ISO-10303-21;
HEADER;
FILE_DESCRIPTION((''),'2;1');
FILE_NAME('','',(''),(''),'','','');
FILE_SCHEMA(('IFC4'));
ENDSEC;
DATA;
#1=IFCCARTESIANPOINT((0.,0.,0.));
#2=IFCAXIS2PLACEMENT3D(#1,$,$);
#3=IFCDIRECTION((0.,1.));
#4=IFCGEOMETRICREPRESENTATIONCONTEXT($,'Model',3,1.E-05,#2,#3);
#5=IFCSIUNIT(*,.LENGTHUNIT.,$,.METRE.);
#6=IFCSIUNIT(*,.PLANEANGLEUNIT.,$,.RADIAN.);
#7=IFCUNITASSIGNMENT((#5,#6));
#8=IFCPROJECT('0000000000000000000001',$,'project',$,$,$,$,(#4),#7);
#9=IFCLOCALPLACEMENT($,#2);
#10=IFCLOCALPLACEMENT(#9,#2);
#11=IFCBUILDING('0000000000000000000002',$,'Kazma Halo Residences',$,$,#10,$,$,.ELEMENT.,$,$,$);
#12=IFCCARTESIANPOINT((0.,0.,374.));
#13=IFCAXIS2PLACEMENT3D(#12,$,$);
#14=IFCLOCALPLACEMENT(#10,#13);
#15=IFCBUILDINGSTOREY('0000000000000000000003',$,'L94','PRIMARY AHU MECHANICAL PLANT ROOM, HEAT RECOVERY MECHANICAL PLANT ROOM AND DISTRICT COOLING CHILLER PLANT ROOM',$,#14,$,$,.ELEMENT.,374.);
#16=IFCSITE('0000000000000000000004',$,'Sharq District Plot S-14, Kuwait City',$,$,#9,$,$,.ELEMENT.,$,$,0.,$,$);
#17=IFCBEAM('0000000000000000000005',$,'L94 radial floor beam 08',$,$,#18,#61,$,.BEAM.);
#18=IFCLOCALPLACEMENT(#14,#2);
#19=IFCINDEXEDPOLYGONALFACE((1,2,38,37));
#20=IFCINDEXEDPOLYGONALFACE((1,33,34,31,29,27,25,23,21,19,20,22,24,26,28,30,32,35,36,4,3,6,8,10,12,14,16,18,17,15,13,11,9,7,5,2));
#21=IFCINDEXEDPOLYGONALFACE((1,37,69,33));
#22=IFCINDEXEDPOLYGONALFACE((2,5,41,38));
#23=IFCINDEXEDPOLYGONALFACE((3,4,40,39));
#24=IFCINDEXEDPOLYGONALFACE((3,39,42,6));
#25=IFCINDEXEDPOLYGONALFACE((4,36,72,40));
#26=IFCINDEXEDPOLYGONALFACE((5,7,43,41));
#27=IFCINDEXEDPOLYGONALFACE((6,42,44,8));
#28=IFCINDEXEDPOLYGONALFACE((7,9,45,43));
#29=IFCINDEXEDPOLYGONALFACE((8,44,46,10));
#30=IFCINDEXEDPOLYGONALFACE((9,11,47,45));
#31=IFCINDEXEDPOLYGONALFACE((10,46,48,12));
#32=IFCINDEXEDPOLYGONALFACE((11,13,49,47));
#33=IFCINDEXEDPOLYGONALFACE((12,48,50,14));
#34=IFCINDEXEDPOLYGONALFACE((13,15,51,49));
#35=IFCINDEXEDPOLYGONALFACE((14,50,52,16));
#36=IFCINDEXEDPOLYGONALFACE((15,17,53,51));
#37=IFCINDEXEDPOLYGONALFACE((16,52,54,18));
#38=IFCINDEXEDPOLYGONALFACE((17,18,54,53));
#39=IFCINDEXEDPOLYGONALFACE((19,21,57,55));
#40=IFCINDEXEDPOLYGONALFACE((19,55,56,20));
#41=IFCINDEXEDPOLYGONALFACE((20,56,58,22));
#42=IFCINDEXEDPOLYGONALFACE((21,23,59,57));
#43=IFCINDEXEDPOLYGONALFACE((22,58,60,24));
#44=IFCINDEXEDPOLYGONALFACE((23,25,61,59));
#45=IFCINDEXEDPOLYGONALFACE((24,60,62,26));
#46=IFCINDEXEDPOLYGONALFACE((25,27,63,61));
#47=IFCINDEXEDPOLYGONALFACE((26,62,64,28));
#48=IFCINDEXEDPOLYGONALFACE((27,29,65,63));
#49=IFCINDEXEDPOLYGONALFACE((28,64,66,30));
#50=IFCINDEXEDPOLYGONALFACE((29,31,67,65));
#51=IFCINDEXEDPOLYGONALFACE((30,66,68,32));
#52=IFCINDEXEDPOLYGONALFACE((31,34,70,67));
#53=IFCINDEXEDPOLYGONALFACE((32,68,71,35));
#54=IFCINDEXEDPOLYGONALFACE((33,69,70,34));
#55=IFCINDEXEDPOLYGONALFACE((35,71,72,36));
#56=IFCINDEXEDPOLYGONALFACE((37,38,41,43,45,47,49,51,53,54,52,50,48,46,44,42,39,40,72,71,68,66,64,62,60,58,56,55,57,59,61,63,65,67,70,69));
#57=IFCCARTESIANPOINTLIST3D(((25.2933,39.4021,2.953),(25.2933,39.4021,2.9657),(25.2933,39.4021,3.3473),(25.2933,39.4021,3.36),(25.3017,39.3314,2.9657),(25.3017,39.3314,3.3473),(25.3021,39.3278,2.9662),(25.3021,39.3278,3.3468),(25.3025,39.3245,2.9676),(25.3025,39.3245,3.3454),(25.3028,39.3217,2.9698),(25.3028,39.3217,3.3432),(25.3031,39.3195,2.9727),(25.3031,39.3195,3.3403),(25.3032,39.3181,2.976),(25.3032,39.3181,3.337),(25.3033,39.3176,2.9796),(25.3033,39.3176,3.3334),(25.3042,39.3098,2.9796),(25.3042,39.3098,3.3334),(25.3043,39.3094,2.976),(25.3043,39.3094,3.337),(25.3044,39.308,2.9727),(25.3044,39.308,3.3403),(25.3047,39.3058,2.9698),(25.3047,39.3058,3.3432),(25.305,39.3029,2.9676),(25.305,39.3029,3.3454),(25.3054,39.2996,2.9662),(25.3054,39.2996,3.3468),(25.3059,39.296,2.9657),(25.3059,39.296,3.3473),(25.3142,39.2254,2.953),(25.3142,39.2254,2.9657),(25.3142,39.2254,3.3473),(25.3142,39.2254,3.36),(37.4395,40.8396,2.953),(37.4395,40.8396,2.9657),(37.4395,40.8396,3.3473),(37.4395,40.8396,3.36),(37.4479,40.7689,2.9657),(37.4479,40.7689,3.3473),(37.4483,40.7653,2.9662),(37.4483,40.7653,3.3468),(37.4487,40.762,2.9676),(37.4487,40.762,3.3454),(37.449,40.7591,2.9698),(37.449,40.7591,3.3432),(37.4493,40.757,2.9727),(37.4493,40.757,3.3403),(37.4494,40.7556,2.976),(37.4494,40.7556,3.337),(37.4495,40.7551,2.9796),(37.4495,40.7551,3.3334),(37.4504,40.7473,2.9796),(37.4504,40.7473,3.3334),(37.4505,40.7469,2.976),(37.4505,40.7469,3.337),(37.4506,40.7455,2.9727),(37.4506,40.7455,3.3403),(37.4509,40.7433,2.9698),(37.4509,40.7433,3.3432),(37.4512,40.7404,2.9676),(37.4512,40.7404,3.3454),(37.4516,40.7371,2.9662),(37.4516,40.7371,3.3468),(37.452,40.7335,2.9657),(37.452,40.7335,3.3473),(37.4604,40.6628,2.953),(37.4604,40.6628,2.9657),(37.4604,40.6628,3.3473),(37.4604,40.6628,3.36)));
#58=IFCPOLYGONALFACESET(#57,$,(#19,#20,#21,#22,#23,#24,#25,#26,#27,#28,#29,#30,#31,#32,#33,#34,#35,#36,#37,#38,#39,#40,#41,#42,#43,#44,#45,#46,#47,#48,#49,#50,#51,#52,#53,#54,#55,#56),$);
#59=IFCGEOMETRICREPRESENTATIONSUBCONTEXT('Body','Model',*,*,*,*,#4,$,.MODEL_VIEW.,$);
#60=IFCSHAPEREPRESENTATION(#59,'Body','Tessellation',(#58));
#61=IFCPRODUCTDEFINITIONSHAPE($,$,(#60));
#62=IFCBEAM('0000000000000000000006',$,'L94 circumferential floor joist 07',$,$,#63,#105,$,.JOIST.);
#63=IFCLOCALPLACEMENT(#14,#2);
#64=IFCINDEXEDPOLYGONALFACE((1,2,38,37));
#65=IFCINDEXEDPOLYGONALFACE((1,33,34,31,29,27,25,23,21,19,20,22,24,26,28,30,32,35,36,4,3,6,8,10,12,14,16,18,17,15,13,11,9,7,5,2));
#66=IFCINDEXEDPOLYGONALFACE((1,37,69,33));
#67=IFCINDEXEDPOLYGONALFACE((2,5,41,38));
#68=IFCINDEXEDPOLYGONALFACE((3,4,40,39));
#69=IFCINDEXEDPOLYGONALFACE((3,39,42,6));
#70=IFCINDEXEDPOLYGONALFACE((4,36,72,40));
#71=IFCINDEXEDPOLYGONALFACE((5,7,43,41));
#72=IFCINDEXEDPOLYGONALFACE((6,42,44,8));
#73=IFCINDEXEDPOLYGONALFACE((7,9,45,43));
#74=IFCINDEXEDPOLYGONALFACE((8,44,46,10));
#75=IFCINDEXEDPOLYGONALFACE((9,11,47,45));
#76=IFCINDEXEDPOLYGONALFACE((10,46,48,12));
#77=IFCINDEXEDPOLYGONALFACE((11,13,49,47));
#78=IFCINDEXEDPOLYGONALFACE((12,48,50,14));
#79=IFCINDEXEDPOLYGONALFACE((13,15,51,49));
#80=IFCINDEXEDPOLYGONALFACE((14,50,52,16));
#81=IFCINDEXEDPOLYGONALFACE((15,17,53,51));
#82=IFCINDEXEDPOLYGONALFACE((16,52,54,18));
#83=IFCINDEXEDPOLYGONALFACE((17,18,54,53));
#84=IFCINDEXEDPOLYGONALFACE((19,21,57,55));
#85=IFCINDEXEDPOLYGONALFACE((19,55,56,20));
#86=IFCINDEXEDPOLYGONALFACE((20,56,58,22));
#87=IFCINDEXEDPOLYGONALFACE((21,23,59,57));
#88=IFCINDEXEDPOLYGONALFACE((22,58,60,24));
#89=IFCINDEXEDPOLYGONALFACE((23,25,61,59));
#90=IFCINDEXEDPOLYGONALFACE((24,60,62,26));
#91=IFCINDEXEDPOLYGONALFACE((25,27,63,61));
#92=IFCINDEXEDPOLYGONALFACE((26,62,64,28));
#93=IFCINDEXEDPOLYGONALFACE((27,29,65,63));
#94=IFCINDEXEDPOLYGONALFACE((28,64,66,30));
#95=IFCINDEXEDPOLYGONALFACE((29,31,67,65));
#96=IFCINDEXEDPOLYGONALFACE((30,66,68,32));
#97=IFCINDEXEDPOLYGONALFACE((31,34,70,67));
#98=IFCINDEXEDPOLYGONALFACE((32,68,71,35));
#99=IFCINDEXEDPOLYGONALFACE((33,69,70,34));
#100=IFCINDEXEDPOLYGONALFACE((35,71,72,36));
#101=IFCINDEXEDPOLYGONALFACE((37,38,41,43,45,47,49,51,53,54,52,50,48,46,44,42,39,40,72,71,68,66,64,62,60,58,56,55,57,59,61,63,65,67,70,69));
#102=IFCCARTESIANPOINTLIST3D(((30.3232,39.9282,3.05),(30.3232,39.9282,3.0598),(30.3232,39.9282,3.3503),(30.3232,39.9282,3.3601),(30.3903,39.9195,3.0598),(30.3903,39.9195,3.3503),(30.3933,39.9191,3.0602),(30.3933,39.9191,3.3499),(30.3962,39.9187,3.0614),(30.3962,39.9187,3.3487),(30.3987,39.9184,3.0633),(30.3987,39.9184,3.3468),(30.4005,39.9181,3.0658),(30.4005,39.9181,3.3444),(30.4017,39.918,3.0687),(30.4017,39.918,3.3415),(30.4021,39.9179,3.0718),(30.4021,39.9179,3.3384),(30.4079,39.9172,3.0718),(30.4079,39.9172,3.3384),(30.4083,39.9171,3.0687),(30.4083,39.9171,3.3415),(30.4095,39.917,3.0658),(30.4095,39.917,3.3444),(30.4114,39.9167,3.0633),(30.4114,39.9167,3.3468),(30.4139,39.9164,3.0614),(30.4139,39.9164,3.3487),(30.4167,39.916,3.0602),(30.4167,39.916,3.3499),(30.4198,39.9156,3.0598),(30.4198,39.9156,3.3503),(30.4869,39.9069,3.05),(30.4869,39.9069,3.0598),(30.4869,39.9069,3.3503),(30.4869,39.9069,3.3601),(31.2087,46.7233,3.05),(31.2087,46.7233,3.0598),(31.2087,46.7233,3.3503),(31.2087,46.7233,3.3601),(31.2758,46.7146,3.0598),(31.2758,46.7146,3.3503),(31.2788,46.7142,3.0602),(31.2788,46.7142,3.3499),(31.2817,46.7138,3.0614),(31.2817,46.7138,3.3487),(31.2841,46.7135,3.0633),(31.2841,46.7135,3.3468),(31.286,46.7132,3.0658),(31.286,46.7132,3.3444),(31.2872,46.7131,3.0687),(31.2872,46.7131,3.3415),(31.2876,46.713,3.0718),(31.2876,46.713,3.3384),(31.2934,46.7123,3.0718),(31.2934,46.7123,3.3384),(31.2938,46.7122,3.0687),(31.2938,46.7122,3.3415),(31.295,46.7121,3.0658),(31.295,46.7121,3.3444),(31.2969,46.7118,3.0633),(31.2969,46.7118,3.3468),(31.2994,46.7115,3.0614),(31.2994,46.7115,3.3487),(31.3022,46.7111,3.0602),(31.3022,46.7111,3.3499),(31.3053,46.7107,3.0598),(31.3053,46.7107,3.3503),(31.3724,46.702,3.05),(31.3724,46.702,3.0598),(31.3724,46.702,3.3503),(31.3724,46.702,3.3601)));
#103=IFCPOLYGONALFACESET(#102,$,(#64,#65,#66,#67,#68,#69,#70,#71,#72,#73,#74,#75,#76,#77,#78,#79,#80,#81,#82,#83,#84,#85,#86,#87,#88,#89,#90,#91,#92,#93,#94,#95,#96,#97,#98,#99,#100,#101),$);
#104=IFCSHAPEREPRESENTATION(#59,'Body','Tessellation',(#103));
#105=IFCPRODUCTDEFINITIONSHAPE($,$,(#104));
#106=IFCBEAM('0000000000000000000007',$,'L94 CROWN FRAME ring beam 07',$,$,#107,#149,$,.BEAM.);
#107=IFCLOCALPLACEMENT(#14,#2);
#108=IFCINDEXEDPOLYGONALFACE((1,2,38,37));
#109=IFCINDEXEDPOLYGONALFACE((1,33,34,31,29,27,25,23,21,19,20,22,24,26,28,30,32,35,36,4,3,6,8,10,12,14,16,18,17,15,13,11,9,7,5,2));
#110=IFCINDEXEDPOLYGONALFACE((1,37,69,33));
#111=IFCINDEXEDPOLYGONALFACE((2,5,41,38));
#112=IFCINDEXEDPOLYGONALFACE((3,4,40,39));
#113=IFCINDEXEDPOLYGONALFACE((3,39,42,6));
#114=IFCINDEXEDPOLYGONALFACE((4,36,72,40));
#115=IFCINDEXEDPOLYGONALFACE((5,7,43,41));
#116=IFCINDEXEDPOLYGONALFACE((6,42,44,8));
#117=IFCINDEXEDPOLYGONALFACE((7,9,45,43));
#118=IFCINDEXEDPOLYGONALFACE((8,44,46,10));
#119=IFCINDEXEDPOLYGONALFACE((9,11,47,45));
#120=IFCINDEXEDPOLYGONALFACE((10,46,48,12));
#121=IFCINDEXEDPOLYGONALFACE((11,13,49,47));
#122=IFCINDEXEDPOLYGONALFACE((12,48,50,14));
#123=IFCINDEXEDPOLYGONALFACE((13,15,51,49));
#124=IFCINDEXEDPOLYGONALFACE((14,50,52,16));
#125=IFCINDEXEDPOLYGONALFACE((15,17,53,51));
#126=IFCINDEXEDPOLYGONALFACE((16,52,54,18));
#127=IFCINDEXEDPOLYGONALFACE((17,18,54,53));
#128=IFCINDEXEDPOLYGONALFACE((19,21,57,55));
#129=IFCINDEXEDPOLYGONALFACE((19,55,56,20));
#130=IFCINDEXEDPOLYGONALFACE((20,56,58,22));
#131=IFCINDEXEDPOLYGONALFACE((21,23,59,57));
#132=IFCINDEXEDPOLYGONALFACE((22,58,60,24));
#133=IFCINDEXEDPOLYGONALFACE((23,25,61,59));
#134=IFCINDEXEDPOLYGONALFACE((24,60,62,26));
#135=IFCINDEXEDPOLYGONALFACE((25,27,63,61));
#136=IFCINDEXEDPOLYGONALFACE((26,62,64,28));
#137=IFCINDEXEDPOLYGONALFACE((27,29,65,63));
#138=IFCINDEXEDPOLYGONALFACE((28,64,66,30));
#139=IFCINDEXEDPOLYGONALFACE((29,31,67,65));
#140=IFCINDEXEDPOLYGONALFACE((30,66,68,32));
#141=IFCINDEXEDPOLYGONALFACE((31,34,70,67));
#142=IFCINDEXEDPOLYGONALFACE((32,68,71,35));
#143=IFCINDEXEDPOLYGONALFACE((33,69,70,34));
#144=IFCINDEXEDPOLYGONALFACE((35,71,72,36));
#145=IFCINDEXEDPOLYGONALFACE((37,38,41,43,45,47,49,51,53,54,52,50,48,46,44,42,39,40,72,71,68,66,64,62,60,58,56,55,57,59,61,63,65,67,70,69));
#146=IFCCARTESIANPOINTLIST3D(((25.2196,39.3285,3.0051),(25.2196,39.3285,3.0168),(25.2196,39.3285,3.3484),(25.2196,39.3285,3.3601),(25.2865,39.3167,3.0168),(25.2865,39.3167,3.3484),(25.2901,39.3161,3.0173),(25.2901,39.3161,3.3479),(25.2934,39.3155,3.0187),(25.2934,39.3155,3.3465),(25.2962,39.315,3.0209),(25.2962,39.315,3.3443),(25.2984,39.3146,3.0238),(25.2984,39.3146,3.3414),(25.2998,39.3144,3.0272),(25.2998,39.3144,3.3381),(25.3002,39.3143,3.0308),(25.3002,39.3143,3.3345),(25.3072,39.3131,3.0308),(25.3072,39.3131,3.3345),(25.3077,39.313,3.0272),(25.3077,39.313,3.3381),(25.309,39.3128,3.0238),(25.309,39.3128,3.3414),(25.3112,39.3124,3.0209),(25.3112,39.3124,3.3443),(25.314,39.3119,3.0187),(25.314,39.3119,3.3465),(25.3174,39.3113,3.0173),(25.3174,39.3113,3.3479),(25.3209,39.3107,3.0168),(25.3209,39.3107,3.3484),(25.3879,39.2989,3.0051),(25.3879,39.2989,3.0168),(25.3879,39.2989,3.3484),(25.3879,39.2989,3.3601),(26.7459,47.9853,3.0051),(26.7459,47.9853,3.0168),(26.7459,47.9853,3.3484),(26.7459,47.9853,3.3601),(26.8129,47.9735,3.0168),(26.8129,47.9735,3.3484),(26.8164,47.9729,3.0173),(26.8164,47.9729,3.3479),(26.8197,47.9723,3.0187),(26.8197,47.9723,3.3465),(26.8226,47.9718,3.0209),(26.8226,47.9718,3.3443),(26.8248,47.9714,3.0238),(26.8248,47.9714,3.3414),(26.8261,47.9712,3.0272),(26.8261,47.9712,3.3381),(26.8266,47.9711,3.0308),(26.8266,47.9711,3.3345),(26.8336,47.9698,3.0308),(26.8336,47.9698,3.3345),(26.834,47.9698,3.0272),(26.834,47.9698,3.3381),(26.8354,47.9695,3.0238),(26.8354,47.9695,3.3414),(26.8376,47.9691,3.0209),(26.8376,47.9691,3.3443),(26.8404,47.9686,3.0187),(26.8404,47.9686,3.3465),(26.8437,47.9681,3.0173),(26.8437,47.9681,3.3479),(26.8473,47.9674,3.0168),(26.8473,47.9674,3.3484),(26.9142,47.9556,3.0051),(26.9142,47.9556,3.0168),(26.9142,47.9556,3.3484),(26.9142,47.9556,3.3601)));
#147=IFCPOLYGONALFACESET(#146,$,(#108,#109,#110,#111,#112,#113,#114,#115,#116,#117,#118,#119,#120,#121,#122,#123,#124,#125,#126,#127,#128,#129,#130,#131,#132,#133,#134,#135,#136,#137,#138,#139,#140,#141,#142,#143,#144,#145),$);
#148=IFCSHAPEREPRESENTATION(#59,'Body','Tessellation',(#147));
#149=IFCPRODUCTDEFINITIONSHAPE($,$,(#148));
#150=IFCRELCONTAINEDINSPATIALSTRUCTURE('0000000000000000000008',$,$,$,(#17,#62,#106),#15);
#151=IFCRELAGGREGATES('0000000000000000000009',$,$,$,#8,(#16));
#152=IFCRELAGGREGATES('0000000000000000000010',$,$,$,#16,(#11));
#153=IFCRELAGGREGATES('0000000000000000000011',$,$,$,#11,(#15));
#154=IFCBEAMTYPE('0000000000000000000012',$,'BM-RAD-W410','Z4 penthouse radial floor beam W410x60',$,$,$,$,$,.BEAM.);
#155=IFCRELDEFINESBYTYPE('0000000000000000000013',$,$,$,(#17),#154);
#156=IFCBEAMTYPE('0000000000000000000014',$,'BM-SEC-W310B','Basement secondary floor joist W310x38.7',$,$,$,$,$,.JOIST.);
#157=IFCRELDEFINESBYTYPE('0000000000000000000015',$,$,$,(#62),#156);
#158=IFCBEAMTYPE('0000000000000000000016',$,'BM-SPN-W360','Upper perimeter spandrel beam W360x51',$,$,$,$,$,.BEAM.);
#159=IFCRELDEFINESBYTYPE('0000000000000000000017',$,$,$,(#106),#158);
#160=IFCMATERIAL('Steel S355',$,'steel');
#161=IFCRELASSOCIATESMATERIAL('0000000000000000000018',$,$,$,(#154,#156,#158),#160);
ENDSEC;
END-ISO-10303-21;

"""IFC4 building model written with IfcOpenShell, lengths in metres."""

from ifc_helpers import new_model, si_unit, direction, frame, origin, origin_2d, place, context, subcontext, project, spatial, i_section, extrude, material, material_profile, profile_set, type_object, element, save


model = new_model("IFC4")

# Units and contexts
model_context = context("Model", 3, precision=1e-05, world=origin(), true_north=direction((0.0, 1.0)))
body_context = subcontext(model_context, "Body", "Model", "MODEL_VIEW")
ifc_project = project(units=[si_unit("LENGTHUNIT", "METRE"), si_unit("PLANEANGLEUNIT", "RADIAN")], contexts=[model_context])

# Site, building, storey
site_placement = place(None, origin())
site = spatial("IfcSite", under=ifc_project, at=site_placement, Name="Sharq District Plot S-14, Kuwait City", CompositionType="ELEMENT", RefElevation=0.0)
building_placement = place(site_placement, origin())
building = spatial("IfcBuilding", under=site, at=building_placement, Name="Kazma Halo Residences", CompositionType="ELEMENT")
storey_placement = place(building_placement, frame((0.0, 0.0, 374.0)))
storey = spatial("IfcBuildingStorey", under=building, at=storey_placement, Name="L94", Description="PRIMARY AHU MECHANICAL PLANT ROOM, HEAT RECOVERY MECHANICAL PLANT ROOM AND DISTRICT COOLING CHILLER PLANT ROOM", CompositionType="ELEMENT", Elevation=374.0)

# Shared definitions
ifc_material_1 = material(Name="Steel S355", Category="steel")

# Beams
ifc_material_profile_1 = material_profile(ifc_material_1, i_section(OverallWidth=0.178, OverallDepth=0.407, WebThickness=0.0078, FlangeThickness=0.0127, FilletRadius=0.0139, at=origin_2d()), Name="W410x60")
ifc_profile_set_1 = profile_set([ifc_material_profile_1], Name="Steel S355")
beam_type_1 = type_object("IfcBeamType", Name="BM-RAD-W410", Description="Z4 penthouse radial floor beam W410x60", PredefinedType="BEAM", material=ifc_profile_set_1)
beam_1_placement = place(storey_placement, frame((37.45, 40.7512, 3.1565), z_axis=(-0.993069, -0.117529, 0.0), x_axis=(0.117529, -0.993069, 0.0)))
element("IfcBeam", 1, at=beam_1_placement, inside=storey, type_object=beam_type_1, Name="L94 radial floor beam 08", PredefinedType="BEAM", context=body_context, shape_type="SweptSolid", body=[
    extrude(i_section(OverallWidth=0.178, OverallDepth=0.407, WebThickness=0.0078, FlangeThickness=0.0127, FilletRadius=0.0139, at=origin_2d()), origin(), (0.0, 0.0, 1.0), 12.231),
])
ifc_material_profile_2 = material_profile(ifc_material_1, i_section(OverallWidth=0.165, OverallDepth=0.3101, WebThickness=0.0059, FlangeThickness=0.0098, FilletRadius=0.012, at=origin_2d()), Name="W310x38.7")
ifc_profile_set_2 = profile_set([ifc_material_profile_2], Name="Steel S355")
beam_type_2 = type_object("IfcBeamType", Name="BM-SEC-W310B", Description="Basement secondary floor joist W310x38.7", PredefinedType="JOIST", material=ifc_profile_set_2)
beam_2_placement = place(storey_placement, frame((31.2905, 46.7126, 3.2051), z_axis=(-0.12922, -0.991616, 0.0), x_axis=(0.991616, -0.12922, 0.0)))
element("IfcBeam", 2, at=beam_2_placement, inside=storey, type_object=beam_type_2, Name="L94 circumferential floor joist 07", PredefinedType="JOIST", context=body_context, shape_type="SweptSolid", body=[
    extrude(i_section(OverallWidth=0.165, OverallDepth=0.3101, WebThickness=0.0059, FlangeThickness=0.0098, FilletRadius=0.012, at=origin_2d()), origin(), (0.0, 0.0, 1.0), 6.8525),
])
ifc_material_profile_3 = material_profile(ifc_material_1, i_section(OverallWidth=0.1709, OverallDepth=0.355, WebThickness=0.0071, FlangeThickness=0.0117, FilletRadius=0.0139, at=origin_2d()), Name="W360x51")
ifc_profile_set_3 = profile_set([ifc_material_profile_3], Name="Steel S355")
beam_type_3 = type_object("IfcBeamType", Name="BM-SPN-W360", Description="Upper perimeter spandrel beam W360x51", PredefinedType="BEAM", material=ifc_profile_set_3)
beam_3_placement = place(storey_placement, frame((26.8301, 47.9705, 3.1826), z_axis=(-0.173643, -0.984809, 0.0), x_axis=(0.984809, -0.173643, 0.0)))
element("IfcBeam", 3, at=beam_3_placement, inside=storey, type_object=beam_type_3, Name="L94 CROWN FRAME ring beam 07", PredefinedType="BEAM", context=body_context, shape_type="SweptSolid", body=[
    extrude(i_section(OverallWidth=0.1709, OverallDepth=0.355, WebThickness=0.0071, FlangeThickness=0.0117, FilletRadius=0.0139, at=origin_2d()), origin(), (0.0, 0.0, 1.0), 8.7903),
])

save(model, "model.ifc")
